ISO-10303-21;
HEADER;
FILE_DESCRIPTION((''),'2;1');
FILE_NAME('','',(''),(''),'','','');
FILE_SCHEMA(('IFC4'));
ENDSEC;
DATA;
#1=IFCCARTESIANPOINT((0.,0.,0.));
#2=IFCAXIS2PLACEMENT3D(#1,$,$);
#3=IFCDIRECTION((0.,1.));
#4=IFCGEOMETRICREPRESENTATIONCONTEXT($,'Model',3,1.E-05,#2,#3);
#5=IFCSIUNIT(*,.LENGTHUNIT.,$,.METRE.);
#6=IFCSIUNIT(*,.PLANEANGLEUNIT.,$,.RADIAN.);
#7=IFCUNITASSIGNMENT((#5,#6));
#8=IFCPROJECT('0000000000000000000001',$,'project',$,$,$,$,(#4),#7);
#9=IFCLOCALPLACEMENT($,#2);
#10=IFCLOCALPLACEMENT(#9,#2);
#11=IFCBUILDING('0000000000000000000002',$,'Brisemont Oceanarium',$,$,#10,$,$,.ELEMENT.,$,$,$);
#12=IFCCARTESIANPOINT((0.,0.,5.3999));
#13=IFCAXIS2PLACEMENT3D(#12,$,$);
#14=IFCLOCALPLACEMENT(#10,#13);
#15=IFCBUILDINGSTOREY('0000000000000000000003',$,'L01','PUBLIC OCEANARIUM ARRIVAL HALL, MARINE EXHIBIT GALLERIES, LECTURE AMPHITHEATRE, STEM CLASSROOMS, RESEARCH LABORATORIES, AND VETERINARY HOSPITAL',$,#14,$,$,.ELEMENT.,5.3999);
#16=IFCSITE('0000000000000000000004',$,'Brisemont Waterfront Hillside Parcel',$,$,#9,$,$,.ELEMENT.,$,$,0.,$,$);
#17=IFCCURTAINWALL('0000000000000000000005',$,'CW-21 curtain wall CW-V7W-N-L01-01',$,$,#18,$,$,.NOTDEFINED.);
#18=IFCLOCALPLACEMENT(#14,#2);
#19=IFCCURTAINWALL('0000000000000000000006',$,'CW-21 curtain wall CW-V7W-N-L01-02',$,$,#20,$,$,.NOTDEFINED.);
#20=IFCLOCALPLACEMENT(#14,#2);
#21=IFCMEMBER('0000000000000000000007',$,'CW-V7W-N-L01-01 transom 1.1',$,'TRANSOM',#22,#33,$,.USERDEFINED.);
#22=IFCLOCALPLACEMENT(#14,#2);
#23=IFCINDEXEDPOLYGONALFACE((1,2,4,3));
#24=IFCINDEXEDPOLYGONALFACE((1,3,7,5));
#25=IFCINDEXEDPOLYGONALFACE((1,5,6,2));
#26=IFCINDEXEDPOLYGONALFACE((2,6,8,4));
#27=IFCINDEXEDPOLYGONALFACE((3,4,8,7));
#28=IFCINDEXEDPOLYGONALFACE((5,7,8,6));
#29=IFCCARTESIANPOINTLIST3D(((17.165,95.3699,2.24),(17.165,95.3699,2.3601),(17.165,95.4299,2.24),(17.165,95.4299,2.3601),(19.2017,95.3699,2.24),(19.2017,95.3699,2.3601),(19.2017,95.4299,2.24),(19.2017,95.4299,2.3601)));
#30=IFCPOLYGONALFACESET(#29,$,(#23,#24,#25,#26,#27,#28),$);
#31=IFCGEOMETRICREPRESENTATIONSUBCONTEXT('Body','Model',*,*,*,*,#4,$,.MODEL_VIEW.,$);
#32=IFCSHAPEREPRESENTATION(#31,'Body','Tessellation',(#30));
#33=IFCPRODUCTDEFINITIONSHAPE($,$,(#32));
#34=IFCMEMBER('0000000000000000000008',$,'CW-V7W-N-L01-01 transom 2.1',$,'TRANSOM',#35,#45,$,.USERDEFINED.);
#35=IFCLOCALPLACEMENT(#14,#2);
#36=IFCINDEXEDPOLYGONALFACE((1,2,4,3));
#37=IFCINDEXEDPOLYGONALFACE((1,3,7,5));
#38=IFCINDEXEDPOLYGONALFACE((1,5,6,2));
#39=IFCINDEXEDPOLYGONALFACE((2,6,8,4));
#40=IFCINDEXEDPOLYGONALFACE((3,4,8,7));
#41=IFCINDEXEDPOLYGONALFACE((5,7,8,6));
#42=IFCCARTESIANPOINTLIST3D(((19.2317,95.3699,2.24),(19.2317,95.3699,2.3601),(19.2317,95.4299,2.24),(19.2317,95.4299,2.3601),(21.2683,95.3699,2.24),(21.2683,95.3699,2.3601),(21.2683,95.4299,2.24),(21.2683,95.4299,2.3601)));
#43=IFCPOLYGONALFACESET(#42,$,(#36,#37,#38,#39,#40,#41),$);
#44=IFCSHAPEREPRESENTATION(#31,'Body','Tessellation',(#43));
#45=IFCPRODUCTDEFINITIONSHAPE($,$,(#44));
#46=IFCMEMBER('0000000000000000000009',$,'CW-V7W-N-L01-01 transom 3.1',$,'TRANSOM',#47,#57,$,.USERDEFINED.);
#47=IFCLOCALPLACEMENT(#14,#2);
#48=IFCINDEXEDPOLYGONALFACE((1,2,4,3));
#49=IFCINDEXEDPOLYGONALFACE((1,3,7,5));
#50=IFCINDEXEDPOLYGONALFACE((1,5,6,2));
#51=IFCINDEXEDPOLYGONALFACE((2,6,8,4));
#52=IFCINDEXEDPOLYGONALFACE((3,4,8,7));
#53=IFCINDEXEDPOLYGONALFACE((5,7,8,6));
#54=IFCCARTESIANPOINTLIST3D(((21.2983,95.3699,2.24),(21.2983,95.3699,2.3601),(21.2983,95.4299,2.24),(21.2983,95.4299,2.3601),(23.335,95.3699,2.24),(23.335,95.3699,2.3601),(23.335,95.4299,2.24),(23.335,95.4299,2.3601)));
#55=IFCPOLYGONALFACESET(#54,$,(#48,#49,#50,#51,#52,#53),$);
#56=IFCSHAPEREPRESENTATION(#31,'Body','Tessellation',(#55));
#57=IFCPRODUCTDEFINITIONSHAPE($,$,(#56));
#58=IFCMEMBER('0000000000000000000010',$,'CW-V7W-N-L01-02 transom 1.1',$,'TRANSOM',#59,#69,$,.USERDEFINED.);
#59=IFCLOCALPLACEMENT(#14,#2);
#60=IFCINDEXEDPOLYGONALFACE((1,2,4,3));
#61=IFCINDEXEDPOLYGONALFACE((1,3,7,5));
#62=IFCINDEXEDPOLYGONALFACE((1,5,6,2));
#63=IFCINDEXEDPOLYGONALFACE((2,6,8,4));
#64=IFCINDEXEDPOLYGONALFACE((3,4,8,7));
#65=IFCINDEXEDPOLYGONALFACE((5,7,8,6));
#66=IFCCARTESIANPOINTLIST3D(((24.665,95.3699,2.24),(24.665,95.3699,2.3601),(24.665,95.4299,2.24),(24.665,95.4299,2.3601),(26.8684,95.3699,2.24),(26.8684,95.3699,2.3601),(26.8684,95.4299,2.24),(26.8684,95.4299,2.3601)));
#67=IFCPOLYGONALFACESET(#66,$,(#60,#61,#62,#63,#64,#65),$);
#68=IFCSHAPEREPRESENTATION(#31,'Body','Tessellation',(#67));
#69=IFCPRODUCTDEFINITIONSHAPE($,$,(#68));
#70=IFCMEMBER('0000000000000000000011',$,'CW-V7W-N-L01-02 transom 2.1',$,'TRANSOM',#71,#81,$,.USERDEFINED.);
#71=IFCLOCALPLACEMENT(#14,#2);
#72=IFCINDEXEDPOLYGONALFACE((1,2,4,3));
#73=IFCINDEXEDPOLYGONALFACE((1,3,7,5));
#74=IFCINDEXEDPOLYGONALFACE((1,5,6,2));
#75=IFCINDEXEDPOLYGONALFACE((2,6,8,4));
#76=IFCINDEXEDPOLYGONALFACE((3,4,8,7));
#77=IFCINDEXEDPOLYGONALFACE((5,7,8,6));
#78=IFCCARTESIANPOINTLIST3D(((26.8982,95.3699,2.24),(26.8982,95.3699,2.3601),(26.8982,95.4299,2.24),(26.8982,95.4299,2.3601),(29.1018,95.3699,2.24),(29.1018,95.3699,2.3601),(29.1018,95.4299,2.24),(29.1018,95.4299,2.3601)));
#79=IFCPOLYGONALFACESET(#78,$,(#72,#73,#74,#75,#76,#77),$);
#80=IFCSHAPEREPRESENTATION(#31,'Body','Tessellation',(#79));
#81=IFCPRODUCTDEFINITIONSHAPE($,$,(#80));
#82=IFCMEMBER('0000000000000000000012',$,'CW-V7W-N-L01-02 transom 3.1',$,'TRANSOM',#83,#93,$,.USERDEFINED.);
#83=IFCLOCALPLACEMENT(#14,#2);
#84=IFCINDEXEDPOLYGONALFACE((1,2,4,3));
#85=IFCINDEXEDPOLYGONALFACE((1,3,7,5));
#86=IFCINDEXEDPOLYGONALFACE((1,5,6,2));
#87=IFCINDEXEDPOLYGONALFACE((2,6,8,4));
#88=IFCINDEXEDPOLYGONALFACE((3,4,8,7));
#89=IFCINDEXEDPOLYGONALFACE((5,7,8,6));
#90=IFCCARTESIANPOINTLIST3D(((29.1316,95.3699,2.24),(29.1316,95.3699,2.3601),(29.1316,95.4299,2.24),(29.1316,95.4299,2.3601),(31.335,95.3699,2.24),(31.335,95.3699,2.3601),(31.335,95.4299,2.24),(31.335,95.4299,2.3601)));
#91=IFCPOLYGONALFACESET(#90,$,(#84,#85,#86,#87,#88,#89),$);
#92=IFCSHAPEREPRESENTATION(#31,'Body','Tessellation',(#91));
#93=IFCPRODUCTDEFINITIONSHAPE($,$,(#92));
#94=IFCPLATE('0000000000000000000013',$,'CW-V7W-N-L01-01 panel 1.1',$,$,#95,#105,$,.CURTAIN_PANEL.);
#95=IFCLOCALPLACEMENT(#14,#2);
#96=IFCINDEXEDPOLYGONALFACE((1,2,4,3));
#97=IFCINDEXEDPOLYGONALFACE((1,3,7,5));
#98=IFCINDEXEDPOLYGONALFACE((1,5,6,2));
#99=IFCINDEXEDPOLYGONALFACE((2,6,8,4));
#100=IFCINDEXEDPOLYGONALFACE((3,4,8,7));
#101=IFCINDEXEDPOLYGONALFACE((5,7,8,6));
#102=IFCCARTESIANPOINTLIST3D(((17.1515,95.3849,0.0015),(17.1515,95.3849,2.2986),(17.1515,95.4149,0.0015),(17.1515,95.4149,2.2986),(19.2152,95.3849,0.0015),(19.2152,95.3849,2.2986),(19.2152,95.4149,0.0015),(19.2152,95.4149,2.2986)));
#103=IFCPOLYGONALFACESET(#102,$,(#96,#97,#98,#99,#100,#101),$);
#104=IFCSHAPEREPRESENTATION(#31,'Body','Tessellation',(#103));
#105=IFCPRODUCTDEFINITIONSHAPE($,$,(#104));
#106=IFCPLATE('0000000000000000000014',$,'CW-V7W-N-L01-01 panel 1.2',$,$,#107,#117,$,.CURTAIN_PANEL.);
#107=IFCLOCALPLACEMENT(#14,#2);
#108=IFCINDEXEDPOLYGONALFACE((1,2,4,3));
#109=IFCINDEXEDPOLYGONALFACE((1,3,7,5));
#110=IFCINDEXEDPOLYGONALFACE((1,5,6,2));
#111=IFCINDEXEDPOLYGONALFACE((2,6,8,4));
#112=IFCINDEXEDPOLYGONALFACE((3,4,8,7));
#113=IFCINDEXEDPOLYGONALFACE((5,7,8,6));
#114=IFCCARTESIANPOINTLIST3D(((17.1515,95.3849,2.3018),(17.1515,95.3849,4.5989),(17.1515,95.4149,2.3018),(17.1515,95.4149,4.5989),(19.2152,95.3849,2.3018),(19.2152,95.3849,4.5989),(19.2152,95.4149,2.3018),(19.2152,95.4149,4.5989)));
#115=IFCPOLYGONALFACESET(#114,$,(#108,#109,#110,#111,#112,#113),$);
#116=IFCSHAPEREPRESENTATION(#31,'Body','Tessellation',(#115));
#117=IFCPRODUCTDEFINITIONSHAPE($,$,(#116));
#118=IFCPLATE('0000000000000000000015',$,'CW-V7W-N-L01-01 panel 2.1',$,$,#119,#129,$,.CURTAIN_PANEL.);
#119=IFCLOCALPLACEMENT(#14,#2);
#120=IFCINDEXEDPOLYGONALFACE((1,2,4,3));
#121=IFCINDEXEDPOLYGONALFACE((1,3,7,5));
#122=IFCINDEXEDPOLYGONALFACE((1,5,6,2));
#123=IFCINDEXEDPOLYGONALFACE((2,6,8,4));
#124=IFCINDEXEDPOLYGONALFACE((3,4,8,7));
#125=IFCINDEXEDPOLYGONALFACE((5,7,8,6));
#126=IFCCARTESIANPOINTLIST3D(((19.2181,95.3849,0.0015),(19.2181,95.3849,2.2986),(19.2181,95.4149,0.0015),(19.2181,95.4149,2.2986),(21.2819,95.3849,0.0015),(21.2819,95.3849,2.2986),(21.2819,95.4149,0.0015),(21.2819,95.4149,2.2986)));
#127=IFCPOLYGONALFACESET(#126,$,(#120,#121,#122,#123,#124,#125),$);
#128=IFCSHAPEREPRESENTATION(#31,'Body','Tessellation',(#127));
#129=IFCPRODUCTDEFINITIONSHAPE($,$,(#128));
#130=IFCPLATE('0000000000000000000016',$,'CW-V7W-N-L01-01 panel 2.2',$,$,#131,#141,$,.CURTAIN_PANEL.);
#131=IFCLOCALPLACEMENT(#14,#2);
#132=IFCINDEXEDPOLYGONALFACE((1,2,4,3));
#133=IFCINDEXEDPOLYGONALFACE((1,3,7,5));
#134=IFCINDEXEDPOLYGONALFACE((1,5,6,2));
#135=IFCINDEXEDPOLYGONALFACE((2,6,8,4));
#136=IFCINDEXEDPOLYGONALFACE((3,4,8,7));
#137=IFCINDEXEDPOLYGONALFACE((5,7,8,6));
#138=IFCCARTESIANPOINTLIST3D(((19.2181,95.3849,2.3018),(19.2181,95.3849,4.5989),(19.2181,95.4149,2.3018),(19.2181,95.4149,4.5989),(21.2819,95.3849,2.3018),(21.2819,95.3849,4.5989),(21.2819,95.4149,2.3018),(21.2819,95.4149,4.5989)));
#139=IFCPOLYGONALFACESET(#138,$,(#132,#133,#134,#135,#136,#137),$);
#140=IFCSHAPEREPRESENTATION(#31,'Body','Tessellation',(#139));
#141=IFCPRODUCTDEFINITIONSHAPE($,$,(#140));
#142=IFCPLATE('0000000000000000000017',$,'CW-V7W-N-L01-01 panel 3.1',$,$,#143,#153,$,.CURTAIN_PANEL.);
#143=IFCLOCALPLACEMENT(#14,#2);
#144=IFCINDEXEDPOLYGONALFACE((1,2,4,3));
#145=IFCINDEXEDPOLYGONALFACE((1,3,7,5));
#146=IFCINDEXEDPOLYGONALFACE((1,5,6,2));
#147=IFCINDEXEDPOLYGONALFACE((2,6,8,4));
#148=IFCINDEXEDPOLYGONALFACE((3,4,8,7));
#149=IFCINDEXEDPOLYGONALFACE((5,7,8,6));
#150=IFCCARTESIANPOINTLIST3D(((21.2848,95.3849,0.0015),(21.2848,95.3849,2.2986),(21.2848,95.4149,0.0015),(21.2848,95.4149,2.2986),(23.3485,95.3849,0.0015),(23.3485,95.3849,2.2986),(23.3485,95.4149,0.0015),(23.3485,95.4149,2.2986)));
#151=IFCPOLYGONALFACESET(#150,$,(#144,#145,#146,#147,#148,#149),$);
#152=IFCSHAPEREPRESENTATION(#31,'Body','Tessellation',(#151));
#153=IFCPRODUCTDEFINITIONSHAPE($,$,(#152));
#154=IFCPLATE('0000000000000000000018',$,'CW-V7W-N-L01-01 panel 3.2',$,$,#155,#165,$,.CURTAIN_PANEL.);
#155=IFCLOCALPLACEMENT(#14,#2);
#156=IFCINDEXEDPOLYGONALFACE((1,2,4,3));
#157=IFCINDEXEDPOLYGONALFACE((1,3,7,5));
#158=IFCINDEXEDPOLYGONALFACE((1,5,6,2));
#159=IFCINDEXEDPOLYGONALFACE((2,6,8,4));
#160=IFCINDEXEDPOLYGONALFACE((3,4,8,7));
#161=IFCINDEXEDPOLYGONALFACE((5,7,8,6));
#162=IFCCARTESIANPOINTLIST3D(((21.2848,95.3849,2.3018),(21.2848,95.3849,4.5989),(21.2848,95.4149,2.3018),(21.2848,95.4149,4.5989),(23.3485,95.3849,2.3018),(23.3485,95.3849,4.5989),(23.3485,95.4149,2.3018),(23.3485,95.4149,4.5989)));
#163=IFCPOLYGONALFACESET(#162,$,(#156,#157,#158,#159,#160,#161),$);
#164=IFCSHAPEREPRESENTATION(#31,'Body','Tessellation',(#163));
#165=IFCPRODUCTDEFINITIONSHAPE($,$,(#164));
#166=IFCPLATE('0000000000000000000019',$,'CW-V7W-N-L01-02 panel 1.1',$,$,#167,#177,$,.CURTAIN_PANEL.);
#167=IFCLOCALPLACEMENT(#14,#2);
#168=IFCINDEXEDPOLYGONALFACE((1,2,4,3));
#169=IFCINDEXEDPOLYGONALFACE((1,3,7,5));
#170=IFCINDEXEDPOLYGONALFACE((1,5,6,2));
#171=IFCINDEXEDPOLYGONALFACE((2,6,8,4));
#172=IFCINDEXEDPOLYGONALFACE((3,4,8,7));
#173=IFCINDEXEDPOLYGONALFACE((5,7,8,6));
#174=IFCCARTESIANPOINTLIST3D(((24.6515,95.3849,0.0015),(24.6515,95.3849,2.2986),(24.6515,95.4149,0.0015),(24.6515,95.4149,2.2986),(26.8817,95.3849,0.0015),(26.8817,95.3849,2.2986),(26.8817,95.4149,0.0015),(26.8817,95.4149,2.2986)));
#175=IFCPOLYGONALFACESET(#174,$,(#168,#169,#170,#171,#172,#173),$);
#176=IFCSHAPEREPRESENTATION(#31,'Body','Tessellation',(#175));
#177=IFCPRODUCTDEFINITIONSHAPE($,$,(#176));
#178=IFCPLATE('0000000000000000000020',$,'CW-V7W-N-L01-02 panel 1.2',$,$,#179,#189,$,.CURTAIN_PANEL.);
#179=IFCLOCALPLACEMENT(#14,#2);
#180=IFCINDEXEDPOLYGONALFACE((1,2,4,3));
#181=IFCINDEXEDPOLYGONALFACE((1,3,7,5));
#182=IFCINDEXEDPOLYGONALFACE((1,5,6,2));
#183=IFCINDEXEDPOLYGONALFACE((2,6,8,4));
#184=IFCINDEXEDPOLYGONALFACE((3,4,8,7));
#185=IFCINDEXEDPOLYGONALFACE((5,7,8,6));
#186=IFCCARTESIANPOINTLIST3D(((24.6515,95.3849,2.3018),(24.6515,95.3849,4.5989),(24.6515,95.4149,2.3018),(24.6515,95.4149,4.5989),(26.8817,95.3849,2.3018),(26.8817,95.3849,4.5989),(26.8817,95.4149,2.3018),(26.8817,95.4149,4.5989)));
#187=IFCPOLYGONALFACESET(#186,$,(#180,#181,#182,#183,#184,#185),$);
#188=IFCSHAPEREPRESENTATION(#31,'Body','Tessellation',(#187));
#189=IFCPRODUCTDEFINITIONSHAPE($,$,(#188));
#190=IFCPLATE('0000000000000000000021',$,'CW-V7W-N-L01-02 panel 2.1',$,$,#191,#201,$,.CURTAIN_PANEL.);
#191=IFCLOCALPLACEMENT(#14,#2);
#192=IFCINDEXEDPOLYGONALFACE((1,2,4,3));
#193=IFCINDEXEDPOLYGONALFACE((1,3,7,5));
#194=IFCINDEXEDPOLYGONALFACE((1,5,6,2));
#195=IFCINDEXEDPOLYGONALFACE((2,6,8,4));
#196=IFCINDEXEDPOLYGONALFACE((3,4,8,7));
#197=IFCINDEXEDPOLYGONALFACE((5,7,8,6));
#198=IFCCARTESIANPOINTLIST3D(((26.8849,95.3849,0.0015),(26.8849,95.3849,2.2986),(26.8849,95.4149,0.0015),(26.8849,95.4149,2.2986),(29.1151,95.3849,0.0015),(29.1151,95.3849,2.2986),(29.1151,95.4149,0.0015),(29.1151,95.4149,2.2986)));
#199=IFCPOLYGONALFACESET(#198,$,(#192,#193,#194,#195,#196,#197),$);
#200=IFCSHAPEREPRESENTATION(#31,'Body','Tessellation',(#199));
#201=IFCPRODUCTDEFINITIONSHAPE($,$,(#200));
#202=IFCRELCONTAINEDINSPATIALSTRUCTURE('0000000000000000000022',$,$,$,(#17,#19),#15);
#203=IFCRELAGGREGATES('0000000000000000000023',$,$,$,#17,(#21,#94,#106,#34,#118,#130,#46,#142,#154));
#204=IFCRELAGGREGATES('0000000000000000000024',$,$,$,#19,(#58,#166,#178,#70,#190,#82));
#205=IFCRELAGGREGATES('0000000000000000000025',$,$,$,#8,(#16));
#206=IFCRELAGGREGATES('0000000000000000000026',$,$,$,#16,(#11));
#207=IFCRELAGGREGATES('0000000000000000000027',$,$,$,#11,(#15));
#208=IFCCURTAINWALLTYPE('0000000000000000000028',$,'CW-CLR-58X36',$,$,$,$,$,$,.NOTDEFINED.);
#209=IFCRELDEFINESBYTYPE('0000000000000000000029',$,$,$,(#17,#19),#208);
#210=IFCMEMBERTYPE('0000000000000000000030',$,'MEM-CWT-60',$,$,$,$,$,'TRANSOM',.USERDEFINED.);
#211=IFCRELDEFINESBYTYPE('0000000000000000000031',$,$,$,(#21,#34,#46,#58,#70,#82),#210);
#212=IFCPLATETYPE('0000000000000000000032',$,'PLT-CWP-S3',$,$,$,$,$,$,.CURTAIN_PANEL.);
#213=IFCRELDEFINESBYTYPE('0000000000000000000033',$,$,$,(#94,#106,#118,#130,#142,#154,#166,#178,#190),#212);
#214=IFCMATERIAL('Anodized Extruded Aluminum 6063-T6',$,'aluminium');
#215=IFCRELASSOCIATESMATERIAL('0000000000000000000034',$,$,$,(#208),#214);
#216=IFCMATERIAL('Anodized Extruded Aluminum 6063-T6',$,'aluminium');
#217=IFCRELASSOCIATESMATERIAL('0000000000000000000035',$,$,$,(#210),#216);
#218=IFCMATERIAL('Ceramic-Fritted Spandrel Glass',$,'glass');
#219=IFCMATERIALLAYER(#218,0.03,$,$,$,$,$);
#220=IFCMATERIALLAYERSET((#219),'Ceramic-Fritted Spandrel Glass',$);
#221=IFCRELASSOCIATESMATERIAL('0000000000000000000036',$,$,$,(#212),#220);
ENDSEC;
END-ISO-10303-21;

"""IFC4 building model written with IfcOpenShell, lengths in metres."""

from ifc_helpers import new_model, si_unit, direction, frame, origin, origin_2d, place, context, subcontext, project, spatial, rectangle, extrude, material, layer, layer_set, material_profile, profile_set, type_object, element, aggregate, save


model = new_model("IFC4")

# Units and contexts
model_context = context("Model", 3, precision=1e-05, world=origin(), true_north=direction((0.0, 1.0)))
body_context = subcontext(model_context, "Body", "Model", "MODEL_VIEW")
ifc_project = project(units=[si_unit("LENGTHUNIT", "METRE"), si_unit("PLANEANGLEUNIT", "RADIAN")], contexts=[model_context])

# Site, building, storey
site_placement = place(None, origin())
site = spatial("IfcSite", under=ifc_project, at=site_placement, Name="Brisemont Waterfront Hillside Parcel", CompositionType="ELEMENT", RefElevation=0.0)
building_placement = place(site_placement, origin())
building = spatial("IfcBuilding", under=site, at=building_placement, Name="Brisemont Oceanarium", CompositionType="ELEMENT")
storey_placement = place(building_placement, frame((0.0, 0.0, 5.3999)))
storey = spatial("IfcBuildingStorey", under=building, at=storey_placement, Name="L01", Description="PUBLIC OCEANARIUM ARRIVAL HALL, MARINE EXHIBIT GALLERIES, LECTURE AMPHITHEATRE, STEM CLASSROOMS, RESEARCH LABORATORIES, AND VETERINARY HOSPITAL", CompositionType="ELEMENT", Elevation=5.3999)

# Curtain walls
ifc_material_1 = material(Name="Anodized Extruded Aluminum 6063-T6", Category="aluminium")
curtain_wall_type = type_object("IfcCurtainWallType", Name="CW-CLR-58X36", PredefinedType="NOTDEFINED", material=ifc_material_1)
curtain_wall_1_placement = place(storey_placement, origin())
curtain_wall_1 = element("IfcCurtainWall", 1, at=curtain_wall_1_placement, inside=storey, type_object=curtain_wall_type, Name="CW-21 curtain wall CW-V7W-N-L01-01", PredefinedType="NOTDEFINED")
curtain_wall_2_placement = place(storey_placement, origin())
curtain_wall_2 = element("IfcCurtainWall", 2, at=curtain_wall_2_placement, inside=storey, type_object=curtain_wall_type, Name="CW-21 curtain wall CW-V7W-N-L01-02", PredefinedType="NOTDEFINED")

# Members
ifc_material_2 = material(Name="Anodized Extruded Aluminum 6063-T6", Category="aluminium")
ifc_material_profile_1 = material_profile(ifc_material_2, rectangle(XDim=0.0601, YDim=0.1201, at=origin_2d()), Name="CWT-60X120")
ifc_profile_set_1 = profile_set([ifc_material_profile_1], Name="Anodized Extruded Aluminum 6063-T6")
member_type_1 = type_object("IfcMemberType", Name="MEM-CWT-60", ElementType="TRANSOM", PredefinedType="USERDEFINED", material=ifc_profile_set_1)
member_1_placement = place(storey_placement, frame((17.165, 95.3999, 2.3), z_axis=(1.0, 0.0, 0.0), x_axis=(0.0, 1.0, 0.0)))
member_1 = element("IfcMember", 3, at=member_1_placement, type_object=member_type_1, Name="CW-V7W-N-L01-01 transom 1.1", ObjectType="TRANSOM", PredefinedType="USERDEFINED", context=body_context, shape_type="SweptSolid", body=[
    extrude(rectangle(XDim=0.0601, YDim=0.1201, at=origin_2d()), origin(), (0.0, 0.0, 1.0), 2.0366),
])
member_2_placement = place(storey_placement, frame((19.2317, 95.3999, 2.3), z_axis=(1.0, 0.0, 0.0), x_axis=(0.0, 1.0, 0.0)))
member_2 = element("IfcMember", 4, at=member_2_placement, type_object=member_type_1, Name="CW-V7W-N-L01-01 transom 2.1", ObjectType="TRANSOM", PredefinedType="USERDEFINED", context=body_context, shape_type="SweptSolid", body=[
    extrude(rectangle(XDim=0.0601, YDim=0.1201, at=origin_2d()), origin(), (0.0, 0.0, 1.0), 2.0366),
])
member_3_placement = place(storey_placement, frame((21.2983, 95.3999, 2.3), z_axis=(1.0, 0.0, 0.0), x_axis=(0.0, 1.0, 0.0)))
member_3 = element("IfcMember", 5, at=member_3_placement, type_object=member_type_1, Name="CW-V7W-N-L01-01 transom 3.1", ObjectType="TRANSOM", PredefinedType="USERDEFINED", context=body_context, shape_type="SweptSolid", body=[
    extrude(rectangle(XDim=0.0601, YDim=0.1201, at=origin_2d()), origin(), (0.0, 0.0, 1.0), 2.0366),
])
member_4_placement = place(storey_placement, frame((24.665, 95.3999, 2.3), z_axis=(1.0, 0.0, 0.0), x_axis=(0.0, 1.0, 0.0)))
member_4 = element("IfcMember", 6, at=member_4_placement, type_object=member_type_1, Name="CW-V7W-N-L01-02 transom 1.1", ObjectType="TRANSOM", PredefinedType="USERDEFINED", context=body_context, shape_type="SweptSolid", body=[
    extrude(rectangle(XDim=0.0601, YDim=0.1201, at=origin_2d()), origin(), (0.0, 0.0, 1.0), 2.2034),
])
member_5_placement = place(storey_placement, frame((26.8982, 95.3999, 2.3), z_axis=(1.0, 0.0, 0.0), x_axis=(0.0, 1.0, 0.0)))
member_5 = element("IfcMember", 7, at=member_5_placement, type_object=member_type_1, Name="CW-V7W-N-L01-02 transom 2.1", ObjectType="TRANSOM", PredefinedType="USERDEFINED", context=body_context, shape_type="SweptSolid", body=[
    extrude(rectangle(XDim=0.0601, YDim=0.1201, at=origin_2d()), origin(), (0.0, 0.0, 1.0), 2.2036),
])
member_6_placement = place(storey_placement, frame((29.1316, 95.3999, 2.3), z_axis=(1.0, 0.0, 0.0), x_axis=(0.0, 1.0, 0.0)))
member_6 = element("IfcMember", 8, at=member_6_placement, type_object=member_type_1, Name="CW-V7W-N-L01-02 transom 3.1", ObjectType="TRANSOM", PredefinedType="USERDEFINED", context=body_context, shape_type="SweptSolid", body=[
    extrude(rectangle(XDim=0.0601, YDim=0.1201, at=origin_2d()), origin(), (0.0, 0.0, 1.0), 2.2034),
])

# Plates
ifc_material_3 = material(Name="Ceramic-Fritted Spandrel Glass", Category="glass")
ifc_layer = layer(ifc_material_3, 0.03)
ifc_layer_set = layer_set([ifc_layer], Name="Ceramic-Fritted Spandrel Glass")
plate_type = type_object("IfcPlateType", Name="PLT-CWP-S3", PredefinedType="CURTAIN_PANEL", material=ifc_layer_set)
plate_1_placement = place(storey_placement, frame((18.1833, 95.3999, 0.0015), z_axis=(0.0, 0.0, 1.0), x_axis=(1.0, 0.0, 0.0)))
plate_1 = element("IfcPlate", 9, at=plate_1_placement, type_object=plate_type, Name="CW-V7W-N-L01-01 panel 1.1", PredefinedType="CURTAIN_PANEL", context=body_context, shape_type="SweptSolid", body=[
    extrude(rectangle(XDim=2.0637, YDim=0.03, at=origin_2d()), origin(), (0.0, 0.0, 1.0), 2.2971),
])
plate_2_placement = place(storey_placement, frame((18.1833, 95.3999, 2.3018), z_axis=(0.0, 0.0, 1.0), x_axis=(1.0, 0.0, 0.0)))
plate_2 = element("IfcPlate", 10, at=plate_2_placement, type_object=plate_type, Name="CW-V7W-N-L01-01 panel 1.2", PredefinedType="CURTAIN_PANEL", context=body_context, shape_type="SweptSolid", body=[
    extrude(rectangle(XDim=2.0637, YDim=0.03, at=origin_2d()), origin(), (0.0, 0.0, 1.0), 2.2971),
])
plate_3_placement = place(storey_placement, frame((20.25, 95.3999, 0.0015), z_axis=(0.0, 0.0, 1.0), x_axis=(1.0, 0.0, 0.0)))
plate_3 = element("IfcPlate", 11, at=plate_3_placement, type_object=plate_type, Name="CW-V7W-N-L01-01 panel 2.1", PredefinedType="CURTAIN_PANEL", context=body_context, shape_type="SweptSolid", body=[
    extrude(rectangle(XDim=2.0637, YDim=0.03, at=origin_2d()), origin(), (0.0, 0.0, 1.0), 2.2971),
])
plate_4_placement = place(storey_placement, frame((20.25, 95.3999, 2.3018), z_axis=(0.0, 0.0, 1.0), x_axis=(1.0, 0.0, 0.0)))
plate_4 = element("IfcPlate", 12, at=plate_4_placement, type_object=plate_type, Name="CW-V7W-N-L01-01 panel 2.2", PredefinedType="CURTAIN_PANEL", context=body_context, shape_type="SweptSolid", body=[
    extrude(rectangle(XDim=2.0637, YDim=0.03, at=origin_2d()), origin(), (0.0, 0.0, 1.0), 2.2971),
])
plate_5_placement = place(storey_placement, frame((22.3167, 95.3999, 0.0015), z_axis=(0.0, 0.0, 1.0), x_axis=(1.0, 0.0, 0.0)))
plate_5 = element("IfcPlate", 13, at=plate_5_placement, type_object=plate_type, Name="CW-V7W-N-L01-01 panel 3.1", PredefinedType="CURTAIN_PANEL", context=body_context, shape_type="SweptSolid", body=[
    extrude(rectangle(XDim=2.0637, YDim=0.03, at=origin_2d()), origin(), (0.0, 0.0, 1.0), 2.2971),
])
plate_6_placement = place(storey_placement, frame((22.3167, 95.3999, 2.3018), z_axis=(0.0, 0.0, 1.0), x_axis=(1.0, 0.0, 0.0)))
plate_6 = element("IfcPlate", 14, at=plate_6_placement, type_object=plate_type, Name="CW-V7W-N-L01-01 panel 3.2", PredefinedType="CURTAIN_PANEL", context=body_context, shape_type="SweptSolid", body=[
    extrude(rectangle(XDim=2.0637, YDim=0.03, at=origin_2d()), origin(), (0.0, 0.0, 1.0), 2.2971),
])
aggregate(curtain_wall_1, [member_1, plate_1, plate_2, member_2, plate_3, plate_4, member_3, plate_5, plate_6])
plate_7_placement = place(storey_placement, frame((25.7666, 95.3999, 0.0015), z_axis=(0.0, 0.0, 1.0), x_axis=(1.0, 0.0, 0.0)))
plate_7 = element("IfcPlate", 15, at=plate_7_placement, type_object=plate_type, Name="CW-V7W-N-L01-02 panel 1.1", PredefinedType="CURTAIN_PANEL", context=body_context, shape_type="SweptSolid", body=[
    extrude(rectangle(XDim=2.2302, YDim=0.03, at=origin_2d()), origin(), (0.0, 0.0, 1.0), 2.2971),
])
plate_8_placement = place(storey_placement, frame((25.7666, 95.3999, 2.3018), z_axis=(0.0, 0.0, 1.0), x_axis=(1.0, 0.0, 0.0)))
plate_8 = element("IfcPlate", 16, at=plate_8_placement, type_object=plate_type, Name="CW-V7W-N-L01-02 panel 1.2", PredefinedType="CURTAIN_PANEL", context=body_context, shape_type="SweptSolid", body=[
    extrude(rectangle(XDim=2.2302, YDim=0.03, at=origin_2d()), origin(), (0.0, 0.0, 1.0), 2.2971),
])
plate_9_placement = place(storey_placement, frame((28.0, 95.3999, 0.0015), z_axis=(0.0, 0.0, 1.0), x_axis=(1.0, 0.0, 0.0)))
plate_9 = element("IfcPlate", 17, at=plate_9_placement, type_object=plate_type, Name="CW-V7W-N-L01-02 panel 2.1", PredefinedType="CURTAIN_PANEL", context=body_context, shape_type="SweptSolid", body=[
    extrude(rectangle(XDim=2.2302, YDim=0.03, at=origin_2d()), origin(), (0.0, 0.0, 1.0), 2.2971),
])
aggregate(curtain_wall_2, [member_4, plate_7, plate_8, member_5, plate_9, member_6])

save(model, "model.ifc")
